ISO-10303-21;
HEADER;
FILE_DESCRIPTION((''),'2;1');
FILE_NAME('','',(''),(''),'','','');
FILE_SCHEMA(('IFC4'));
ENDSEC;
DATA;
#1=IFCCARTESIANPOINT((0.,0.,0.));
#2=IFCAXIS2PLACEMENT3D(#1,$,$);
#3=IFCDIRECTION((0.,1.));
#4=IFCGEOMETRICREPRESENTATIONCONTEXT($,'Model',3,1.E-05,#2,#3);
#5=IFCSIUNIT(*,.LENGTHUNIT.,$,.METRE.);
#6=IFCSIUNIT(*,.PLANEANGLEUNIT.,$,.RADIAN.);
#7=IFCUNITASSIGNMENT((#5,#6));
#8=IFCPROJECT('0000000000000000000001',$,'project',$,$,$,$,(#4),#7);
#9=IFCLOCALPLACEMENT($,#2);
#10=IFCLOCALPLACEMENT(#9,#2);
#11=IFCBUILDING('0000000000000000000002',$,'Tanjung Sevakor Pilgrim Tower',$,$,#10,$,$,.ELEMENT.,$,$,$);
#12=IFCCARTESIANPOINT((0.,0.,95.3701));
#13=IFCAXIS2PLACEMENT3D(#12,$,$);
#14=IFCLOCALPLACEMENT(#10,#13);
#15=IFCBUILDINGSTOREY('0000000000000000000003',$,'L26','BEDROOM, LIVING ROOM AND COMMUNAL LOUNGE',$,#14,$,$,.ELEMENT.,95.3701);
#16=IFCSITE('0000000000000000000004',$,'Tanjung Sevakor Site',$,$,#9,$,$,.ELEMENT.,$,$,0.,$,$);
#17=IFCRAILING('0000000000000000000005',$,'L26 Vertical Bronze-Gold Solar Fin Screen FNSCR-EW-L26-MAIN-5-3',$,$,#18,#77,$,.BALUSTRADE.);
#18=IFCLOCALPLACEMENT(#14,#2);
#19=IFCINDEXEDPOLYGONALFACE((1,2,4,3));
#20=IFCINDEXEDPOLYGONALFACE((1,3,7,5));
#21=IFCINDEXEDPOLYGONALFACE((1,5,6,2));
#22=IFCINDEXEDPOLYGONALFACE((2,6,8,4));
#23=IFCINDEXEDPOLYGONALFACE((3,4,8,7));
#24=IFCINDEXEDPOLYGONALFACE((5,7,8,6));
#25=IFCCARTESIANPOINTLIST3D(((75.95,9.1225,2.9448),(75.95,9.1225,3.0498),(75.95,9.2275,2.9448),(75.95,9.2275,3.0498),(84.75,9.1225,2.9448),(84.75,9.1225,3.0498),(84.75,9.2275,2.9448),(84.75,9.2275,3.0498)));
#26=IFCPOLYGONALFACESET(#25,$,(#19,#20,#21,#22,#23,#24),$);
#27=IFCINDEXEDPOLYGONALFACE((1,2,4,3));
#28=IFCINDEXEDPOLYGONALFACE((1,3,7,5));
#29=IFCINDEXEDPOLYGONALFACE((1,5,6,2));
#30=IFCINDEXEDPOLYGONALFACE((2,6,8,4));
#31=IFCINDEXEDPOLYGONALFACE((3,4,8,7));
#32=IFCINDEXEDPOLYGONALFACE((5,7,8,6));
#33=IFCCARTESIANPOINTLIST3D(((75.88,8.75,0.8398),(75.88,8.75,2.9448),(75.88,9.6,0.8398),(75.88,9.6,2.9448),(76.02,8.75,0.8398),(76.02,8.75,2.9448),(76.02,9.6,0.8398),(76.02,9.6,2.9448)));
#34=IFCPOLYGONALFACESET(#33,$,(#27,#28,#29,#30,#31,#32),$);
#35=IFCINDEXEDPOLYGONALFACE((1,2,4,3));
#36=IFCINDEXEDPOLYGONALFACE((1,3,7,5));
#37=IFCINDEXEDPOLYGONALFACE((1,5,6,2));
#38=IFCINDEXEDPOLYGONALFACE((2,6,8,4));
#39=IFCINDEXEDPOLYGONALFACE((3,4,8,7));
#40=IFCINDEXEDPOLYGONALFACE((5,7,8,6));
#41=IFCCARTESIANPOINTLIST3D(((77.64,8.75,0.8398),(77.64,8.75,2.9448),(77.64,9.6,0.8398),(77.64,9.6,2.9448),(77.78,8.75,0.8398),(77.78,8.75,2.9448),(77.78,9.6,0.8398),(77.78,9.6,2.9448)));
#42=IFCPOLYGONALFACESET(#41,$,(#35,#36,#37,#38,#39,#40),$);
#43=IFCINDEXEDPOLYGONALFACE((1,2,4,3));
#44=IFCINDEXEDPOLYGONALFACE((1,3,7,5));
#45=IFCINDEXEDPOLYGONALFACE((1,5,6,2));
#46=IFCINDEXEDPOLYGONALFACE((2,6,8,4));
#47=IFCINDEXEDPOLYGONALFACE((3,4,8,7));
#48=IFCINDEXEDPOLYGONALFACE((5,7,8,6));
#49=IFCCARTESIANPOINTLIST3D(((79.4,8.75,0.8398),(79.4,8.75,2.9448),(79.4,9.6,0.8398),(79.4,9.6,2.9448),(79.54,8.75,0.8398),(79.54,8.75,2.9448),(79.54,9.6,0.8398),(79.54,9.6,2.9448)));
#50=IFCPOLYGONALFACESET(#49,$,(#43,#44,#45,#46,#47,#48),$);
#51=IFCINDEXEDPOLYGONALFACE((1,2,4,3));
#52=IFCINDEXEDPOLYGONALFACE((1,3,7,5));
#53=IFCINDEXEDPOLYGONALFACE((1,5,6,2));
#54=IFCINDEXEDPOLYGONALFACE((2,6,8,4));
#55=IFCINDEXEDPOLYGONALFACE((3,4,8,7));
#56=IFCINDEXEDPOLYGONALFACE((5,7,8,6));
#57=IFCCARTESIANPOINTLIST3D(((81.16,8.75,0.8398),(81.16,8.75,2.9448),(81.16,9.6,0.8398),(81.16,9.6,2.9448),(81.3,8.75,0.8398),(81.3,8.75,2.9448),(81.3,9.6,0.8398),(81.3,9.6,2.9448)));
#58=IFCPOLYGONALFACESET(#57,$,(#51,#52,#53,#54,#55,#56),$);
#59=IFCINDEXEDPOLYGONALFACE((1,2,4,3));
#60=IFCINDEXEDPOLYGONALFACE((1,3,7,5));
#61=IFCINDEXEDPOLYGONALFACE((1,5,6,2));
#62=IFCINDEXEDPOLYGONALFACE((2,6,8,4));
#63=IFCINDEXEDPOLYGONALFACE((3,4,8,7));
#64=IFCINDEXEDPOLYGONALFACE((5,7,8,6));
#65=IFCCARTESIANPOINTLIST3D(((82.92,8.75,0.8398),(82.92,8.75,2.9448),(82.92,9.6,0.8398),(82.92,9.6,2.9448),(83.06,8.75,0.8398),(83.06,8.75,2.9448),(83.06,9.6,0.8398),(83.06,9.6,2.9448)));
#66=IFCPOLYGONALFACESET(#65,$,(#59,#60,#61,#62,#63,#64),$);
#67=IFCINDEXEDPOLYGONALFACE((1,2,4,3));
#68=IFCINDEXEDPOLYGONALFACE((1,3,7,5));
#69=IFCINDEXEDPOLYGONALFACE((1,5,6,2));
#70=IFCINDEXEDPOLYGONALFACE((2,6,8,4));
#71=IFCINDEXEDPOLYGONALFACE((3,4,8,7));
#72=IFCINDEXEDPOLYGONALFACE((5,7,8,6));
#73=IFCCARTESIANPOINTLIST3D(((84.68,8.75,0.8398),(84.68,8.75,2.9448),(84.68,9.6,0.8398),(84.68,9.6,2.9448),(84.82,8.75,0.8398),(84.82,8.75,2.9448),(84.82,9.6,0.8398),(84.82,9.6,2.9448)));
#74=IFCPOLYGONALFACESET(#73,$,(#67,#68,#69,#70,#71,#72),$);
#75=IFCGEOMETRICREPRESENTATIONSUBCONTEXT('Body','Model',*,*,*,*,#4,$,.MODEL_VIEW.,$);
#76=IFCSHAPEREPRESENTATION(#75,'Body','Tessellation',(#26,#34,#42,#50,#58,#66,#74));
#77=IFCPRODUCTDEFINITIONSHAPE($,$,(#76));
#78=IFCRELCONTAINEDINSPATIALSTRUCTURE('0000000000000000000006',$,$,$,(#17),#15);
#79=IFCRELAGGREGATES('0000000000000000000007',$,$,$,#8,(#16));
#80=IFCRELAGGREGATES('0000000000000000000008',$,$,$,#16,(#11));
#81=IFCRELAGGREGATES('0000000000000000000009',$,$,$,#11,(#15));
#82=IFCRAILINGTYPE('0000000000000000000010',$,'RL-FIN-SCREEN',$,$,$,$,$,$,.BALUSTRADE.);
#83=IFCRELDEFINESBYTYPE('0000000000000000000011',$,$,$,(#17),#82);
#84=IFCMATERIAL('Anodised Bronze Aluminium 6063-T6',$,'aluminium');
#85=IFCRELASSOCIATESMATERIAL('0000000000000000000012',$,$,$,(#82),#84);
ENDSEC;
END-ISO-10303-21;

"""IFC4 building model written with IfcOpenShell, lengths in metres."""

from ifc_helpers import new_model, si_unit, direction, frame, origin, place, context, subcontext, project, spatial, rectangle, extrude, material, type_object, element, save


model = new_model("IFC4")

# Units and contexts
model_context = context("Model", 3, precision=1e-05, world=origin(), true_north=direction((0.0, 1.0)))
body_context = subcontext(model_context, "Body", "Model", "MODEL_VIEW")
ifc_project = project(units=[si_unit("LENGTHUNIT", "METRE"), si_unit("PLANEANGLEUNIT", "RADIAN")], contexts=[model_context])

# Site, building, storey
site_placement = place(None, origin())
site = spatial("IfcSite", under=ifc_project, at=site_placement, Name="Tanjung Sevakor Site", CompositionType="ELEMENT", RefElevation=0.0)
building_placement = place(site_placement, origin())
building = spatial("IfcBuilding", under=site, at=building_placement, Name="Tanjung Sevakor Pilgrim Tower", CompositionType="ELEMENT")
storey_placement = place(building_placement, frame((0.0, 0.0, 95.3701)))
storey = spatial("IfcBuildingStorey", under=building, at=storey_placement, Name="L26", Description="BEDROOM, LIVING ROOM AND COMMUNAL LOUNGE", CompositionType="ELEMENT", Elevation=95.3701)

# Railing
ifc_material_1 = material(Name="Anodised Bronze Aluminium 6063-T6", Category="aluminium")
railing_type_1 = type_object("IfcRailingType", Name="RL-FIN-SCREEN", PredefinedType="BALUSTRADE", material=ifc_material_1)
railing_1_placement = place(storey_placement, frame((75.95, 9.175, 0.8398)))
element("IfcRailing", 1, at=railing_1_placement, inside=storey, type_object=railing_type_1, Name="L26 Vertical Bronze-Gold Solar Fin Screen FNSCR-EW-L26-MAIN-5-3", PredefinedType="BALUSTRADE", context=body_context, shape_type="SweptSolid", body=[
    extrude(rectangle(XDim=0.105, YDim=0.105), frame((0.0, 0.0, 2.1575), z_axis=(1.0, 0.0, 0.0), x_axis=(0.0, 1.0, 0.0)), (0.0, 0.0, 1.0), 8.8),
    extrude(rectangle(XDim=0.14, YDim=0.85), origin(), (0.0, 0.0, 1.0), 2.105),
    extrude(rectangle(XDim=0.14, YDim=0.85), frame((1.76, 0.0, 0.0)), (0.0, 0.0, 1.0), 2.105),
    extrude(rectangle(XDim=0.14, YDim=0.85), frame((3.52, 0.0, 0.0)), (0.0, 0.0, 1.0), 2.105),
    extrude(rectangle(XDim=0.14, YDim=0.85), frame((5.28, 0.0, 0.0)), (0.0, 0.0, 1.0), 2.105),
    extrude(rectangle(XDim=0.14, YDim=0.85), frame((7.04, 0.0, 0.0)), (0.0, 0.0, 1.0), 2.105),
    extrude(rectangle(XDim=0.14, YDim=0.85), frame((8.8, 0.0, 0.0)), (0.0, 0.0, 1.0), 2.105),
])

save(model, "model.ifc")
